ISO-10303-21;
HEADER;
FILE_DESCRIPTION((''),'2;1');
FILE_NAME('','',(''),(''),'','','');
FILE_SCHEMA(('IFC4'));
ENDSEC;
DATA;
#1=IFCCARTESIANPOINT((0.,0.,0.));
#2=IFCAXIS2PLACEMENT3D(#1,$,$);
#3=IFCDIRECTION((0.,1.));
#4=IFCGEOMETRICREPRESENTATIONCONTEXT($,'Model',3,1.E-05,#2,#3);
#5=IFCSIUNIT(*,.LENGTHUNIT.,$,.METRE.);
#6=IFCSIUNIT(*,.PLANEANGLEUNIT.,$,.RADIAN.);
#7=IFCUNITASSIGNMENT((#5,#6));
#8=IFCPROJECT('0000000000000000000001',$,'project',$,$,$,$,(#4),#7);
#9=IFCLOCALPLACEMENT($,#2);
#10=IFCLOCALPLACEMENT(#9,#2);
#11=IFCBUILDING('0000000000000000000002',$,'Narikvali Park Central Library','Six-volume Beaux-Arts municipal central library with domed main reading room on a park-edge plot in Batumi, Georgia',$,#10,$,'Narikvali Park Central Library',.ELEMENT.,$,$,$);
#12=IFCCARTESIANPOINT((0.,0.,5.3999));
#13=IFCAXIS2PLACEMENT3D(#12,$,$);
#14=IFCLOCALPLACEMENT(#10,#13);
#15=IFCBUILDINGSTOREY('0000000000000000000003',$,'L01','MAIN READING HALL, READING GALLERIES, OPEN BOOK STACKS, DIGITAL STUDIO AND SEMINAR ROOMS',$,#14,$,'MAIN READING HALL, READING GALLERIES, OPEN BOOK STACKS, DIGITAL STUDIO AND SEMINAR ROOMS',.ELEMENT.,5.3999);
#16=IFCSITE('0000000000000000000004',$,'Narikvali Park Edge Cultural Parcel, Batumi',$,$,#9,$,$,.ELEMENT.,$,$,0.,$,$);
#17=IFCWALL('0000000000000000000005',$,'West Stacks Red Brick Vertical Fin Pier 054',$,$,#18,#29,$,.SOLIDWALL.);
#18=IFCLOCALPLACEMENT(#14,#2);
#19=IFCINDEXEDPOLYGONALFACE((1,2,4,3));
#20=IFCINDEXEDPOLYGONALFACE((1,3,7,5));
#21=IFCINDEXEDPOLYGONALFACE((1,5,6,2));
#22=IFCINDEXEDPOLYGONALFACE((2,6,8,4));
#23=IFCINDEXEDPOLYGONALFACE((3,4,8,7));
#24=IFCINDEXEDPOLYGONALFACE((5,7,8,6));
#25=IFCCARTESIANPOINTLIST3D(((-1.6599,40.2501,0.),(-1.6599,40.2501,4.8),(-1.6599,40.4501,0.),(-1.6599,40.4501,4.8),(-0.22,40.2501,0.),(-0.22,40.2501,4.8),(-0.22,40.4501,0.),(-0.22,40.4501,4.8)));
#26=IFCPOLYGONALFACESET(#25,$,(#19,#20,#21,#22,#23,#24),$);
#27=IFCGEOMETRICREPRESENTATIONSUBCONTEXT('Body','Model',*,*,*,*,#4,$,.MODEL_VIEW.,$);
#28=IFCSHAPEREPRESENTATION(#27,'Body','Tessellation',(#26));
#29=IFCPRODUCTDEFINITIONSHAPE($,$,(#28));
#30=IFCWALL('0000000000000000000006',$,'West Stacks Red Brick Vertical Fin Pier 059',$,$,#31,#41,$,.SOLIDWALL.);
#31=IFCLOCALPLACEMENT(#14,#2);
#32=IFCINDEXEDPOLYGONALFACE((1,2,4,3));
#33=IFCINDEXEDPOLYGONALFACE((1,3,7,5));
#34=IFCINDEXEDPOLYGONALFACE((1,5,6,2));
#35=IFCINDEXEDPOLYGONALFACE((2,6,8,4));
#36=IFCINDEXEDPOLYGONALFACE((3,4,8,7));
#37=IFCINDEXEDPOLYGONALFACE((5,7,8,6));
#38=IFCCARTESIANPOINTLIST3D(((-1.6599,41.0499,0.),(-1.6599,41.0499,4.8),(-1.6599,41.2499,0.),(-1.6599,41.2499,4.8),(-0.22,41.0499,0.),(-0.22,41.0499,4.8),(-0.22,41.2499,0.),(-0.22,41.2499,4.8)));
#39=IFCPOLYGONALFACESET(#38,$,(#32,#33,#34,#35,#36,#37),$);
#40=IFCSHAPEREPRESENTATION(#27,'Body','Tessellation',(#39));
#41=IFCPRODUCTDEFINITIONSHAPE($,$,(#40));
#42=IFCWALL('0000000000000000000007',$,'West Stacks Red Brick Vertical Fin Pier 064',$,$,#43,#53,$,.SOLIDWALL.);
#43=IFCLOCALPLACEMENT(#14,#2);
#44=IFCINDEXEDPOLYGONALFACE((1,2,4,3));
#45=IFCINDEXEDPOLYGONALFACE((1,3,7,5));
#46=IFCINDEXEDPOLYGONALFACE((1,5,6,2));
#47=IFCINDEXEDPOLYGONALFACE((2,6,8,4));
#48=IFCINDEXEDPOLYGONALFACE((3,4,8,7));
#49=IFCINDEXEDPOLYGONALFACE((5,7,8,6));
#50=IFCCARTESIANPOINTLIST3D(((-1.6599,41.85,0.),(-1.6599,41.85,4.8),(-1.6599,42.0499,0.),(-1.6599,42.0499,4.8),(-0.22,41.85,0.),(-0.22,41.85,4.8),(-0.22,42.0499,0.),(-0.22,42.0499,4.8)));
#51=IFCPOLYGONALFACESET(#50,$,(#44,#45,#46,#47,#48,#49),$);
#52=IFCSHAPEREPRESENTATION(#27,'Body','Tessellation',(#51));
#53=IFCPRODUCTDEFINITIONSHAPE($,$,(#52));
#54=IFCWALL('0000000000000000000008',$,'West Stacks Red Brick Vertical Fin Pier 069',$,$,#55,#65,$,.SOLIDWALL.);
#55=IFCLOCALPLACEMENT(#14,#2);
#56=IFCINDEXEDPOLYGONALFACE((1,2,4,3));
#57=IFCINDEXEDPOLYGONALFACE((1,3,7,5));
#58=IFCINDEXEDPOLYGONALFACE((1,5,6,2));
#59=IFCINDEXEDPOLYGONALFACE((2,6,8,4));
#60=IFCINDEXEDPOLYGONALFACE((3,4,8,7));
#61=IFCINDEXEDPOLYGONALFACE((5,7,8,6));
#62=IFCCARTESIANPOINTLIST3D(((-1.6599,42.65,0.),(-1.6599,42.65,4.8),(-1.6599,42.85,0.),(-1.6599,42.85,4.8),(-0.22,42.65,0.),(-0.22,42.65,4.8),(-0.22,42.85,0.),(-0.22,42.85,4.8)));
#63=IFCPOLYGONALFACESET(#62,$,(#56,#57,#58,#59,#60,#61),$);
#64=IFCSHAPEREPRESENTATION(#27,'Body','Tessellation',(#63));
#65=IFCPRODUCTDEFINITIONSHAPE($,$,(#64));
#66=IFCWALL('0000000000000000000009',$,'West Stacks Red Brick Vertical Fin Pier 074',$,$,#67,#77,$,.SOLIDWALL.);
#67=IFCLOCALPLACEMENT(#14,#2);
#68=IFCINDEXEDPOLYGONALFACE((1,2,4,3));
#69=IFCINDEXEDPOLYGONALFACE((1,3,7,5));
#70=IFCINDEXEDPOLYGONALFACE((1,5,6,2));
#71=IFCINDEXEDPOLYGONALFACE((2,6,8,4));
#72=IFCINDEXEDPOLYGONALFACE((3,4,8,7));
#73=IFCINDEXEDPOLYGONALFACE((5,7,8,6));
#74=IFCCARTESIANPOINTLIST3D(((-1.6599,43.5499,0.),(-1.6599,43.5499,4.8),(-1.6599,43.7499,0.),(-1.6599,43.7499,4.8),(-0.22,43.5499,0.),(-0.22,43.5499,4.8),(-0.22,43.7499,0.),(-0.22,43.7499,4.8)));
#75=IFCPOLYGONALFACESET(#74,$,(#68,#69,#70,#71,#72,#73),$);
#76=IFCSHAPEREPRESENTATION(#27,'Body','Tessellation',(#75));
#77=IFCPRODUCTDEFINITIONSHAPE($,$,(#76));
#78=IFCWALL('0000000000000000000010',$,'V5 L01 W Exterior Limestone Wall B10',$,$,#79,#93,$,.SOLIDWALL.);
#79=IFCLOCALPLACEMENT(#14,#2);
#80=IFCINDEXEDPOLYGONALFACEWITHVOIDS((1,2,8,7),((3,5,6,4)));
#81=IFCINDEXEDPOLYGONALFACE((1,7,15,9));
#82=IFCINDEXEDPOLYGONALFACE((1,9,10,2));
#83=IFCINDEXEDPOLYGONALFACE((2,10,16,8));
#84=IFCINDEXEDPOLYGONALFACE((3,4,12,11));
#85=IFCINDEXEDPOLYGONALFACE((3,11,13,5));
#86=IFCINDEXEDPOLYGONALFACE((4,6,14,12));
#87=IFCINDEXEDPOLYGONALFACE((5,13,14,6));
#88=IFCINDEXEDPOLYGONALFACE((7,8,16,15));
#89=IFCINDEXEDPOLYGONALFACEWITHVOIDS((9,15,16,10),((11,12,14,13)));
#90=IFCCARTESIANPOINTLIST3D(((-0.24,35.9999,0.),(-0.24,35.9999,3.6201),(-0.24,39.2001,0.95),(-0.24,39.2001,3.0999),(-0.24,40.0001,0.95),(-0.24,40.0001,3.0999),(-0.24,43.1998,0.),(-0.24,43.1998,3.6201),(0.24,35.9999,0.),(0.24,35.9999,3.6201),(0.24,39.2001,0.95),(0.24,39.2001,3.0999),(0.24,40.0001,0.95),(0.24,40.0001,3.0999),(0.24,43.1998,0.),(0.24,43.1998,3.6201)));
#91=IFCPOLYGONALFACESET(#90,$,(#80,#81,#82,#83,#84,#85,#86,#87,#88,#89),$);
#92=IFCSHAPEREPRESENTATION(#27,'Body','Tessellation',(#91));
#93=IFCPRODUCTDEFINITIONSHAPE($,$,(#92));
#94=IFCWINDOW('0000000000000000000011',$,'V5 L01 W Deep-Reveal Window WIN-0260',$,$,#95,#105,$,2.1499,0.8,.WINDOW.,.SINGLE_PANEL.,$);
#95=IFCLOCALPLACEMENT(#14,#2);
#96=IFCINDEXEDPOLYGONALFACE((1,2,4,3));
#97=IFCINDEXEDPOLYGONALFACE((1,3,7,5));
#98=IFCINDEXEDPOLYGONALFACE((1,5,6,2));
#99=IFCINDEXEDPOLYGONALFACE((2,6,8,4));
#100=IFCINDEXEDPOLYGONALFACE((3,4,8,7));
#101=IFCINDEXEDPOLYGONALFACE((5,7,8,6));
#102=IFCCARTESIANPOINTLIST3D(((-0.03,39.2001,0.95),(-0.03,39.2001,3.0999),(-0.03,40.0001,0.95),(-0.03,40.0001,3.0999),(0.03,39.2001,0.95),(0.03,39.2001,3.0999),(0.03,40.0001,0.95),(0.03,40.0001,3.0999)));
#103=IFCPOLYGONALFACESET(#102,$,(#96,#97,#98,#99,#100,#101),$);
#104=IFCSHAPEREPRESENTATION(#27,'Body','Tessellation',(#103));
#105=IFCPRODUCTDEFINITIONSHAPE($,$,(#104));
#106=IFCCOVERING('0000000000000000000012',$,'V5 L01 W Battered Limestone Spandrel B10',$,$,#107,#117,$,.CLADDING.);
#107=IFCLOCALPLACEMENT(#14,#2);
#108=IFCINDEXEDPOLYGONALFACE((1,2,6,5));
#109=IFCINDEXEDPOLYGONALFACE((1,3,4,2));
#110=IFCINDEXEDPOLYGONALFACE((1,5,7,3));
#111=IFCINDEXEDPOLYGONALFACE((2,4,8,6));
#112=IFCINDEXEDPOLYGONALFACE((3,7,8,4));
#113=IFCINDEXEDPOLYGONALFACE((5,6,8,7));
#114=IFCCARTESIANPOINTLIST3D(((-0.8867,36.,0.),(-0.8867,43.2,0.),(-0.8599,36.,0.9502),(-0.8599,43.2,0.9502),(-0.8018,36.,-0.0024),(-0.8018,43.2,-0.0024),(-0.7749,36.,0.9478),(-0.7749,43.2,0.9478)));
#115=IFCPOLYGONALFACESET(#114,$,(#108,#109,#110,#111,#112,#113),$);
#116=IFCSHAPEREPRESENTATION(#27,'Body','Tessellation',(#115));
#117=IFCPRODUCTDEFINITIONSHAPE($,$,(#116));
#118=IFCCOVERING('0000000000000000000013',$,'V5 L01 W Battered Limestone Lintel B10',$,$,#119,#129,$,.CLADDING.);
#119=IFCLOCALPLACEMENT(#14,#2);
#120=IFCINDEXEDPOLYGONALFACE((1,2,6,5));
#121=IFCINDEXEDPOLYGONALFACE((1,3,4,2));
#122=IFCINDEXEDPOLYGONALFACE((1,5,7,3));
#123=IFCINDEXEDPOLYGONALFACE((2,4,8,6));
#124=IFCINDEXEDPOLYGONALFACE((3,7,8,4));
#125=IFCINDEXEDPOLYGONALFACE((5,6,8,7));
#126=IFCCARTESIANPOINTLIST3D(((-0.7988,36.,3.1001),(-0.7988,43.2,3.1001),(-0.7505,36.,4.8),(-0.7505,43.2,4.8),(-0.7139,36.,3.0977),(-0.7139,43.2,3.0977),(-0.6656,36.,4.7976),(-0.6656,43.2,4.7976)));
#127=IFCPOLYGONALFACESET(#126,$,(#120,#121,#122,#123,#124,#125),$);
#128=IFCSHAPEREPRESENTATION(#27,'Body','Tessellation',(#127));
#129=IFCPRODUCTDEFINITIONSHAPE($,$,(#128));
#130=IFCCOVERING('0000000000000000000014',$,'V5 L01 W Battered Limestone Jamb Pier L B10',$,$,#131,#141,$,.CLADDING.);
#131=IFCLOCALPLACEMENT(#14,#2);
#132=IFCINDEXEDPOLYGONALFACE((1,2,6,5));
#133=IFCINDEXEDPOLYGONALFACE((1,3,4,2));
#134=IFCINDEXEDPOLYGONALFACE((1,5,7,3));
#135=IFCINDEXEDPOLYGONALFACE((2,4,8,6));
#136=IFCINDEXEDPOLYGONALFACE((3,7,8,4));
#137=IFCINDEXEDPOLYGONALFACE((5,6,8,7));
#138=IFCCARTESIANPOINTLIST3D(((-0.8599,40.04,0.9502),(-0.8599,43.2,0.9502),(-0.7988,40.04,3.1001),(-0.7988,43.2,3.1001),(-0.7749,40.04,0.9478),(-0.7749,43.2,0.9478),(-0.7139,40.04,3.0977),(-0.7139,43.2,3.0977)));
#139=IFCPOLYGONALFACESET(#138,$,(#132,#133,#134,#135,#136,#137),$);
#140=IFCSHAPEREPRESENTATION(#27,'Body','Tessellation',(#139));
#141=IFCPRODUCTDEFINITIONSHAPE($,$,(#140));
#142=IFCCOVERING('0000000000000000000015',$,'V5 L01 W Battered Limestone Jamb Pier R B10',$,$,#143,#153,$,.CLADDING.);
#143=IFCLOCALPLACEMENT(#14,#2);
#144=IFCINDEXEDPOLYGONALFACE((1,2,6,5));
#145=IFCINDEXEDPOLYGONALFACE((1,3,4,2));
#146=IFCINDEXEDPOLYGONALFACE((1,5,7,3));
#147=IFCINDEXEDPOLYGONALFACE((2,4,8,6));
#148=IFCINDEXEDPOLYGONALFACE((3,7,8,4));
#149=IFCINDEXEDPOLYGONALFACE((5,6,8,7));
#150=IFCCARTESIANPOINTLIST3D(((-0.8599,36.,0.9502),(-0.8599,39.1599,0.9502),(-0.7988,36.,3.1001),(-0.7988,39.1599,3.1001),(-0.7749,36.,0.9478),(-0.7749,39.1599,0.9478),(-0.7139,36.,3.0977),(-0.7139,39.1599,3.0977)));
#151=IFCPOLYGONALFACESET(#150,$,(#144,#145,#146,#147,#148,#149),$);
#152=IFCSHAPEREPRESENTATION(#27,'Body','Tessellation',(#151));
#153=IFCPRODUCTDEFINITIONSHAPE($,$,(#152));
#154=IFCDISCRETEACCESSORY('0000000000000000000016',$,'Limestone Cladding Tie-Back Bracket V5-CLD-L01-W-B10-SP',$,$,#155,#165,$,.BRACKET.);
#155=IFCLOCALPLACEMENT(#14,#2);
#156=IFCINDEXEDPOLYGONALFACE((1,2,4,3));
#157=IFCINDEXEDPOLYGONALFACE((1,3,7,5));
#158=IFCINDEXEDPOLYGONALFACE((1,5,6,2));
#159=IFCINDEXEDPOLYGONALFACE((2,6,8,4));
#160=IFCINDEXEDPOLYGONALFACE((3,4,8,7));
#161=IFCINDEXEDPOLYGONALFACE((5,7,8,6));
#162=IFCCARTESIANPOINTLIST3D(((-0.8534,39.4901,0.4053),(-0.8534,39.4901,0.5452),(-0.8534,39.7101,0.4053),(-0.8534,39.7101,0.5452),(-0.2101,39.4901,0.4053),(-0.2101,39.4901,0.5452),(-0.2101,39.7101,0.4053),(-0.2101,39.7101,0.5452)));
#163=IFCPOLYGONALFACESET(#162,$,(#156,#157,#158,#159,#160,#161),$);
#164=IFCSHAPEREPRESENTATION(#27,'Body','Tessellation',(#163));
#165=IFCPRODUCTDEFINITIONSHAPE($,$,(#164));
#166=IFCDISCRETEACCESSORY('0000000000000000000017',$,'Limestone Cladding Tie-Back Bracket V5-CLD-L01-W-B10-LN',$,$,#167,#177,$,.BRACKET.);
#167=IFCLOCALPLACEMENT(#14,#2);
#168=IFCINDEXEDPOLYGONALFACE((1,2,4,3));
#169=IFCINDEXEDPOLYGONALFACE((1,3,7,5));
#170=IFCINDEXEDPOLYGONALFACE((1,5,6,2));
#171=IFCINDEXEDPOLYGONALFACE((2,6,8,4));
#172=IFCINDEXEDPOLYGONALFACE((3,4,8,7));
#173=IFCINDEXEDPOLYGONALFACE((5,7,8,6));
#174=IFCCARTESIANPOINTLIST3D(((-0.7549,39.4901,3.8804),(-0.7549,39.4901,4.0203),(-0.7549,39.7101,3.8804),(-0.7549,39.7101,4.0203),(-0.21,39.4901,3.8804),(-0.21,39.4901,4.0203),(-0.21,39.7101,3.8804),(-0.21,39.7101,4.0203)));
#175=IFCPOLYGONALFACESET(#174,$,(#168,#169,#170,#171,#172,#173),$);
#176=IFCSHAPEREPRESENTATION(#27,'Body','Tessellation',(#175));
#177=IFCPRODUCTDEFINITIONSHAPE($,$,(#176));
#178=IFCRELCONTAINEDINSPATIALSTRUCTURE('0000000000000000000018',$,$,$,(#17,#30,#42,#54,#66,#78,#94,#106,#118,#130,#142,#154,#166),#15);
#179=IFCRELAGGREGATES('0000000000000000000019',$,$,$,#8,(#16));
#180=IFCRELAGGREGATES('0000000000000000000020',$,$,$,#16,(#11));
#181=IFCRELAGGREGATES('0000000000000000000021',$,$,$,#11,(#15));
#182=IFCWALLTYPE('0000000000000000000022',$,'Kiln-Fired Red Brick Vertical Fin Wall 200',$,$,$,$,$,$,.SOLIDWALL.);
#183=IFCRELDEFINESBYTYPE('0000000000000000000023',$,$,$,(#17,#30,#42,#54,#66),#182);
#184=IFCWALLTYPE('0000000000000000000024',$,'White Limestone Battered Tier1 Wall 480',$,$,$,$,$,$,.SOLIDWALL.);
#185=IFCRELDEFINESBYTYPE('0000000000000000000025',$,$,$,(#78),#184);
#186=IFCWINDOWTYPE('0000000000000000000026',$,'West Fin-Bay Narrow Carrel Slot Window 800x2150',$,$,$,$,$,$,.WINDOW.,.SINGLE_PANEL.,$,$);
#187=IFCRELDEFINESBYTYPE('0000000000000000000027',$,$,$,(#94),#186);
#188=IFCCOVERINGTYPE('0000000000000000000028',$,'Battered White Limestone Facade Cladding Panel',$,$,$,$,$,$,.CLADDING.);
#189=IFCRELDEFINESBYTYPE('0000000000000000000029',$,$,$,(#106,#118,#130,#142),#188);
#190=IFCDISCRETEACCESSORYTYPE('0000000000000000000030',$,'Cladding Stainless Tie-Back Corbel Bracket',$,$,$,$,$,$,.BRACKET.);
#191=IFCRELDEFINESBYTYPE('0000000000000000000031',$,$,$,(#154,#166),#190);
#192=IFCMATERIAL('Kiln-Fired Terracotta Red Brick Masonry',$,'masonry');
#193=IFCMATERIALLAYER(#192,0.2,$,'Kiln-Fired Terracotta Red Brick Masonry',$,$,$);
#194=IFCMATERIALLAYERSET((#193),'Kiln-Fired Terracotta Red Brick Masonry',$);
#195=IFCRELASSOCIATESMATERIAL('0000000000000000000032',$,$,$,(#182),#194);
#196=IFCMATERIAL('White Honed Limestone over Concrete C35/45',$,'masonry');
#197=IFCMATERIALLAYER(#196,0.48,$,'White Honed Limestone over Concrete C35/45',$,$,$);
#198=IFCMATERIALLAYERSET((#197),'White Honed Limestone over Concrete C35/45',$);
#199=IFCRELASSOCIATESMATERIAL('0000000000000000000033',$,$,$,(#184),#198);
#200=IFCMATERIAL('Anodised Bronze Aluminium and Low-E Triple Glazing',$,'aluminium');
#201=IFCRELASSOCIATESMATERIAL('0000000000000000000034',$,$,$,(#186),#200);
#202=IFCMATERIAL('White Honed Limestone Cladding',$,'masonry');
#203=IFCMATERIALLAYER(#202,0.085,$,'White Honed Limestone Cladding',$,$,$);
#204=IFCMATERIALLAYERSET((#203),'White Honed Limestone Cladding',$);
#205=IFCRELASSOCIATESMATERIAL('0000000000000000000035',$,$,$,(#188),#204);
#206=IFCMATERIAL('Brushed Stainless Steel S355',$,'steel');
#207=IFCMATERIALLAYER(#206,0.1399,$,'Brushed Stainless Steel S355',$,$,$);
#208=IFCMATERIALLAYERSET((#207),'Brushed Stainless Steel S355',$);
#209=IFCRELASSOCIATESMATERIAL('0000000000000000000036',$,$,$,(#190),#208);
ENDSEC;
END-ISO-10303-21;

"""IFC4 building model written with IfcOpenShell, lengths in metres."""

from ifc_helpers import new_model, si_unit, direction, frame, frame_2d, origin, origin_2d, place, context, subcontext, project, spatial, polyline, rectangle, outline, extrude, material, layer, layer_set, type_object, element, fill, save


model = new_model("IFC4")

# Units and contexts
model_context = context("Model", 3, precision=1e-05, world=origin(), true_north=direction((0.0, 1.0)))
body_context = subcontext(model_context, "Body", "Model", "MODEL_VIEW")
ifc_project = project(units=[si_unit("LENGTHUNIT", "METRE"), si_unit("PLANEANGLEUNIT", "RADIAN")], contexts=[model_context])

# Site, building, storey
site_placement = place(None, origin())
site = spatial("IfcSite", under=ifc_project, at=site_placement, Name="Narikvali Park Edge Cultural Parcel, Batumi", CompositionType="ELEMENT", RefElevation=0.0)
building_placement = place(site_placement, origin())
building = spatial("IfcBuilding", under=site, at=building_placement, Name="Narikvali Park Central Library", Description="Six-volume Beaux-Arts municipal central library with domed main reading room on a park-edge plot in Batumi, Georgia", LongName="Narikvali Park Central Library", CompositionType="ELEMENT")
storey_placement = place(building_placement, frame((0.0, 0.0, 5.3999)))
storey = spatial("IfcBuildingStorey", under=building, at=storey_placement, Name="L01", Description="MAIN READING HALL, READING GALLERIES, OPEN BOOK STACKS, DIGITAL STUDIO AND SEMINAR ROOMS", LongName="MAIN READING HALL, READING GALLERIES, OPEN BOOK STACKS, DIGITAL STUDIO AND SEMINAR ROOMS", CompositionType="ELEMENT", Elevation=5.3999)

# Walls
ifc_material_1 = material(Name="Kiln-Fired Terracotta Red Brick Masonry", Category="masonry")
ifc_layer_1 = layer(ifc_material_1, 0.2, Name="Kiln-Fired Terracotta Red Brick Masonry")
ifc_layer_set_1 = layer_set([ifc_layer_1], Name="Kiln-Fired Terracotta Red Brick Masonry")
wall_type_1 = type_object("IfcWallType", Name="Kiln-Fired Red Brick Vertical Fin Wall 200", PredefinedType="SOLIDWALL", material=ifc_layer_set_1)
for number, where, z_axis, x_axis, name in (
    (1, (-1.6599, 40.3501, 0.0), (0.0, 0.0, 1.0), (1.0, 0.0, 0.0), "West Stacks Red Brick Vertical Fin Pier 054"),
    (2, (-1.6599, 41.1499, 0.0), (0.0, 0.0, 1.0), (1.0, 0.0, 0.0), "West Stacks Red Brick Vertical Fin Pier 059"),
    (3, (-1.6599, 41.95, 0.0), (0.0, 0.0, 1.0), (1.0, 0.0, 0.0), "West Stacks Red Brick Vertical Fin Pier 064"),
    (4, (-1.6599, 42.75, 0.0), (0.0, 0.0, 1.0), (1.0, 0.0, 0.0), "West Stacks Red Brick Vertical Fin Pier 069"),
    (5, (-1.6599, 43.6499, 0.0), (0.0, 0.0, 1.0), (1.0, 0.0, 0.0), "West Stacks Red Brick Vertical Fin Pier 074"),
):
    element("IfcWall", number, at=place(storey_placement, frame(where, z_axis=z_axis, x_axis=x_axis)), inside=storey, type_object=wall_type_1, Name=name, PredefinedType="SOLIDWALL", context=body_context, shape_type="SweptSolid", body=[
        extrude(rectangle(XDim=1.4399, YDim=0.2, at=frame_2d((0.72, 0.0))), origin(), (0.0, 0.0, 1.0), 4.8),
    ])

# Wall, opening, window
ifc_material_2 = material(Name="White Honed Limestone over Concrete C35/45", Category="masonry")
ifc_layer_2 = layer(ifc_material_2, 0.48, Name="White Honed Limestone over Concrete C35/45")
ifc_layer_set_2 = layer_set([ifc_layer_2], Name="White Honed Limestone over Concrete C35/45")
wall_type_2 = type_object("IfcWallType", Name="White Limestone Battered Tier1 Wall 480", PredefinedType="SOLIDWALL", material=ifc_layer_set_2)
wall_placement = place(storey_placement, frame((0.0, 43.2, 0.0), z_axis=(0.0, 0.0, 1.0), x_axis=(0.0, -1.0, 0.0)))
wall = element("IfcWall", 6, at=wall_placement, inside=storey, type_object=wall_type_2, Name="V5 L01 W Exterior Limestone Wall B10", PredefinedType="SOLIDWALL", context=body_context, shape_type="SweptSolid", body=[
    extrude(rectangle(XDim=7.2, YDim=0.48, at=frame_2d((3.6001, 0.0))), origin(), (0.0, 0.0, 1.0), 3.6201),
])
opening_placement = place(wall_placement, frame((3.2, 0.0, 0.95)))
opening = element("IfcOpeningElement", 7, at=opening_placement, cuts=wall, PredefinedType="OPENING", context=body_context, shape_type="SweptSolid", body=[
    extrude(rectangle(XDim=0.8, YDim=2.1499, at=frame_2d((0.3999, 1.075))), frame((0.0, 0.252, 0.0), z_axis=(0.0, -1.0, 0.0), x_axis=(1.0, 0.0, 0.0)), (0.0, 0.0, 1.0), 0.5039),
])
ifc_material_3 = material(Name="Anodised Bronze Aluminium and Low-E Triple Glazing", Category="aluminium")
window_type = type_object("IfcWindowType", Name="West Fin-Bay Narrow Carrel Slot Window 800x2150", PartitioningType="SINGLE_PANEL", PredefinedType="WINDOW", material=ifc_material_3)
window_placement = place(opening_placement, origin())
window = element("IfcWindow", 8, at=window_placement, inside=storey, type_object=window_type, Name="V5 L01 W Deep-Reveal Window WIN-0260", OverallHeight=2.1499, OverallWidth=0.8, PartitioningType="SINGLE_PANEL", PredefinedType="WINDOW", context=body_context, shape_type="SweptSolid", body=[
    extrude(rectangle(XDim=0.8, YDim=2.1499, at=frame_2d((0.3999, 1.075))), frame((0.0, 0.03, 0.0), z_axis=(0.0, -1.0, 0.0), x_axis=(1.0, 0.0, 0.0)), (0.0, 0.0, 1.0), 0.0601),
])
fill(opening, window)

# Coverings
ifc_material_4 = material(Name="White Honed Limestone Cladding", Category="masonry")
ifc_layer_3 = layer(ifc_material_4, 0.085, Name="White Honed Limestone Cladding")
ifc_layer_set_3 = layer_set([ifc_layer_3], Name="White Honed Limestone Cladding")
covering_type = type_object("IfcCoveringType", Name="Battered White Limestone Facade Cladding Panel", PredefinedType="CLADDING", material=ifc_layer_set_3)
covering_1_placement = place(storey_placement, frame((-0.8867, 43.2, 0.0), z_axis=(-0.999601, 0.0, 0.028252), x_axis=(0.0, -1.0, 0.0)))
element("IfcCovering", 9, at=covering_1_placement, inside=storey, type_object=covering_type, Name="V5 L01 W Battered Limestone Spandrel B10", PredefinedType="CLADDING", context=body_context, shape_type="SweptSolid", body=[
    extrude(outline(polyline([(0.0, 0.0), (7.2, 0.0), (7.2, 0.9506), (0.0, 0.9506), (0.0, 0.0)])), origin(), (0.0, 0.0, -1.0), 0.085),
])
covering_2_placement = place(storey_placement, frame((-0.7988, 43.2, 3.1001), z_axis=(-0.999596, 0.0, 0.028425), x_axis=(0.0, -1.0, 0.0)))
element("IfcCovering", 10, at=covering_2_placement, inside=storey, type_object=covering_type, Name="V5 L01 W Battered Limestone Lintel B10", PredefinedType="CLADDING", context=body_context, shape_type="SweptSolid", body=[
    extrude(outline(polyline([(0.0, 0.0), (7.2, 0.0), (7.2, 1.7006), (0.0, 1.7006), (0.0, 0.0)])), origin(), (0.0, 0.0, -1.0), 0.085),
])
for number, where, z_axis, x_axis, name in (
    (11, (-0.8599, 43.2, 0.9502), (-0.999597, 0.0, 0.028378), (0.0, -1.0, 0.0), "V5 L01 W Battered Limestone Jamb Pier L B10"),
    (12, (-0.8599, 39.1599, 0.9502), (-0.999597, 0.0, 0.028378), (0.0, -1.0, 0.0), "V5 L01 W Battered Limestone Jamb Pier R B10"),
):
    element("IfcCovering", number, at=place(storey_placement, frame(where, z_axis=z_axis, x_axis=x_axis)), inside=storey, type_object=covering_type, Name=name, PredefinedType="CLADDING", context=body_context, shape_type="SweptSolid", body=[
        extrude(outline(polyline([(0.0, 0.0), (3.1599, 0.0), (3.1599, 2.1508), (0.0, 2.1508), (0.0, 0.0)])), origin(), (0.0, 0.0, -1.0), 0.085),
    ])

# Discrete accessories
ifc_material_5 = material(Name="Brushed Stainless Steel S355", Category="steel")
ifc_layer_4 = layer(ifc_material_5, 0.1399, Name="Brushed Stainless Steel S355")
ifc_layer_set_4 = layer_set([ifc_layer_4], Name="Brushed Stainless Steel S355")
discrete_accessory_type = type_object("IfcDiscreteAccessoryType", Name="Cladding Stainless Tie-Back Corbel Bracket", PredefinedType="BRACKET", material=ifc_layer_set_4)
discrete_accessory_1_placement = place(storey_placement, frame((-0.5317, 39.6001, 0.4053), z_axis=(0.0, 0.0, 1.0), x_axis=(1.0, 0.0, 0.0)))
element("IfcDiscreteAccessory", 13, at=discrete_accessory_1_placement, inside=storey, type_object=discrete_accessory_type, Name="Limestone Cladding Tie-Back Bracket V5-CLD-L01-W-B10-SP", PredefinedType="BRACKET", context=body_context, shape_type="SweptSolid", body=[
    extrude(rectangle(XDim=0.6433, YDim=0.22, at=origin_2d()), origin(), (0.0, 0.0, 1.0), 0.1399),
])
discrete_accessory_2_placement = place(storey_placement, frame((-0.4824, 39.6001, 3.8804), z_axis=(0.0, 0.0, 1.0), x_axis=(1.0, 0.0, 0.0)))
element("IfcDiscreteAccessory", 14, at=discrete_accessory_2_placement, inside=storey, type_object=discrete_accessory_type, Name="Limestone Cladding Tie-Back Bracket V5-CLD-L01-W-B10-LN", PredefinedType="BRACKET", context=body_context, shape_type="SweptSolid", body=[
    extrude(rectangle(XDim=0.5449, YDim=0.22, at=origin_2d()), origin(), (0.0, 0.0, 1.0), 0.1399),
])

save(model, "model.ifc")
